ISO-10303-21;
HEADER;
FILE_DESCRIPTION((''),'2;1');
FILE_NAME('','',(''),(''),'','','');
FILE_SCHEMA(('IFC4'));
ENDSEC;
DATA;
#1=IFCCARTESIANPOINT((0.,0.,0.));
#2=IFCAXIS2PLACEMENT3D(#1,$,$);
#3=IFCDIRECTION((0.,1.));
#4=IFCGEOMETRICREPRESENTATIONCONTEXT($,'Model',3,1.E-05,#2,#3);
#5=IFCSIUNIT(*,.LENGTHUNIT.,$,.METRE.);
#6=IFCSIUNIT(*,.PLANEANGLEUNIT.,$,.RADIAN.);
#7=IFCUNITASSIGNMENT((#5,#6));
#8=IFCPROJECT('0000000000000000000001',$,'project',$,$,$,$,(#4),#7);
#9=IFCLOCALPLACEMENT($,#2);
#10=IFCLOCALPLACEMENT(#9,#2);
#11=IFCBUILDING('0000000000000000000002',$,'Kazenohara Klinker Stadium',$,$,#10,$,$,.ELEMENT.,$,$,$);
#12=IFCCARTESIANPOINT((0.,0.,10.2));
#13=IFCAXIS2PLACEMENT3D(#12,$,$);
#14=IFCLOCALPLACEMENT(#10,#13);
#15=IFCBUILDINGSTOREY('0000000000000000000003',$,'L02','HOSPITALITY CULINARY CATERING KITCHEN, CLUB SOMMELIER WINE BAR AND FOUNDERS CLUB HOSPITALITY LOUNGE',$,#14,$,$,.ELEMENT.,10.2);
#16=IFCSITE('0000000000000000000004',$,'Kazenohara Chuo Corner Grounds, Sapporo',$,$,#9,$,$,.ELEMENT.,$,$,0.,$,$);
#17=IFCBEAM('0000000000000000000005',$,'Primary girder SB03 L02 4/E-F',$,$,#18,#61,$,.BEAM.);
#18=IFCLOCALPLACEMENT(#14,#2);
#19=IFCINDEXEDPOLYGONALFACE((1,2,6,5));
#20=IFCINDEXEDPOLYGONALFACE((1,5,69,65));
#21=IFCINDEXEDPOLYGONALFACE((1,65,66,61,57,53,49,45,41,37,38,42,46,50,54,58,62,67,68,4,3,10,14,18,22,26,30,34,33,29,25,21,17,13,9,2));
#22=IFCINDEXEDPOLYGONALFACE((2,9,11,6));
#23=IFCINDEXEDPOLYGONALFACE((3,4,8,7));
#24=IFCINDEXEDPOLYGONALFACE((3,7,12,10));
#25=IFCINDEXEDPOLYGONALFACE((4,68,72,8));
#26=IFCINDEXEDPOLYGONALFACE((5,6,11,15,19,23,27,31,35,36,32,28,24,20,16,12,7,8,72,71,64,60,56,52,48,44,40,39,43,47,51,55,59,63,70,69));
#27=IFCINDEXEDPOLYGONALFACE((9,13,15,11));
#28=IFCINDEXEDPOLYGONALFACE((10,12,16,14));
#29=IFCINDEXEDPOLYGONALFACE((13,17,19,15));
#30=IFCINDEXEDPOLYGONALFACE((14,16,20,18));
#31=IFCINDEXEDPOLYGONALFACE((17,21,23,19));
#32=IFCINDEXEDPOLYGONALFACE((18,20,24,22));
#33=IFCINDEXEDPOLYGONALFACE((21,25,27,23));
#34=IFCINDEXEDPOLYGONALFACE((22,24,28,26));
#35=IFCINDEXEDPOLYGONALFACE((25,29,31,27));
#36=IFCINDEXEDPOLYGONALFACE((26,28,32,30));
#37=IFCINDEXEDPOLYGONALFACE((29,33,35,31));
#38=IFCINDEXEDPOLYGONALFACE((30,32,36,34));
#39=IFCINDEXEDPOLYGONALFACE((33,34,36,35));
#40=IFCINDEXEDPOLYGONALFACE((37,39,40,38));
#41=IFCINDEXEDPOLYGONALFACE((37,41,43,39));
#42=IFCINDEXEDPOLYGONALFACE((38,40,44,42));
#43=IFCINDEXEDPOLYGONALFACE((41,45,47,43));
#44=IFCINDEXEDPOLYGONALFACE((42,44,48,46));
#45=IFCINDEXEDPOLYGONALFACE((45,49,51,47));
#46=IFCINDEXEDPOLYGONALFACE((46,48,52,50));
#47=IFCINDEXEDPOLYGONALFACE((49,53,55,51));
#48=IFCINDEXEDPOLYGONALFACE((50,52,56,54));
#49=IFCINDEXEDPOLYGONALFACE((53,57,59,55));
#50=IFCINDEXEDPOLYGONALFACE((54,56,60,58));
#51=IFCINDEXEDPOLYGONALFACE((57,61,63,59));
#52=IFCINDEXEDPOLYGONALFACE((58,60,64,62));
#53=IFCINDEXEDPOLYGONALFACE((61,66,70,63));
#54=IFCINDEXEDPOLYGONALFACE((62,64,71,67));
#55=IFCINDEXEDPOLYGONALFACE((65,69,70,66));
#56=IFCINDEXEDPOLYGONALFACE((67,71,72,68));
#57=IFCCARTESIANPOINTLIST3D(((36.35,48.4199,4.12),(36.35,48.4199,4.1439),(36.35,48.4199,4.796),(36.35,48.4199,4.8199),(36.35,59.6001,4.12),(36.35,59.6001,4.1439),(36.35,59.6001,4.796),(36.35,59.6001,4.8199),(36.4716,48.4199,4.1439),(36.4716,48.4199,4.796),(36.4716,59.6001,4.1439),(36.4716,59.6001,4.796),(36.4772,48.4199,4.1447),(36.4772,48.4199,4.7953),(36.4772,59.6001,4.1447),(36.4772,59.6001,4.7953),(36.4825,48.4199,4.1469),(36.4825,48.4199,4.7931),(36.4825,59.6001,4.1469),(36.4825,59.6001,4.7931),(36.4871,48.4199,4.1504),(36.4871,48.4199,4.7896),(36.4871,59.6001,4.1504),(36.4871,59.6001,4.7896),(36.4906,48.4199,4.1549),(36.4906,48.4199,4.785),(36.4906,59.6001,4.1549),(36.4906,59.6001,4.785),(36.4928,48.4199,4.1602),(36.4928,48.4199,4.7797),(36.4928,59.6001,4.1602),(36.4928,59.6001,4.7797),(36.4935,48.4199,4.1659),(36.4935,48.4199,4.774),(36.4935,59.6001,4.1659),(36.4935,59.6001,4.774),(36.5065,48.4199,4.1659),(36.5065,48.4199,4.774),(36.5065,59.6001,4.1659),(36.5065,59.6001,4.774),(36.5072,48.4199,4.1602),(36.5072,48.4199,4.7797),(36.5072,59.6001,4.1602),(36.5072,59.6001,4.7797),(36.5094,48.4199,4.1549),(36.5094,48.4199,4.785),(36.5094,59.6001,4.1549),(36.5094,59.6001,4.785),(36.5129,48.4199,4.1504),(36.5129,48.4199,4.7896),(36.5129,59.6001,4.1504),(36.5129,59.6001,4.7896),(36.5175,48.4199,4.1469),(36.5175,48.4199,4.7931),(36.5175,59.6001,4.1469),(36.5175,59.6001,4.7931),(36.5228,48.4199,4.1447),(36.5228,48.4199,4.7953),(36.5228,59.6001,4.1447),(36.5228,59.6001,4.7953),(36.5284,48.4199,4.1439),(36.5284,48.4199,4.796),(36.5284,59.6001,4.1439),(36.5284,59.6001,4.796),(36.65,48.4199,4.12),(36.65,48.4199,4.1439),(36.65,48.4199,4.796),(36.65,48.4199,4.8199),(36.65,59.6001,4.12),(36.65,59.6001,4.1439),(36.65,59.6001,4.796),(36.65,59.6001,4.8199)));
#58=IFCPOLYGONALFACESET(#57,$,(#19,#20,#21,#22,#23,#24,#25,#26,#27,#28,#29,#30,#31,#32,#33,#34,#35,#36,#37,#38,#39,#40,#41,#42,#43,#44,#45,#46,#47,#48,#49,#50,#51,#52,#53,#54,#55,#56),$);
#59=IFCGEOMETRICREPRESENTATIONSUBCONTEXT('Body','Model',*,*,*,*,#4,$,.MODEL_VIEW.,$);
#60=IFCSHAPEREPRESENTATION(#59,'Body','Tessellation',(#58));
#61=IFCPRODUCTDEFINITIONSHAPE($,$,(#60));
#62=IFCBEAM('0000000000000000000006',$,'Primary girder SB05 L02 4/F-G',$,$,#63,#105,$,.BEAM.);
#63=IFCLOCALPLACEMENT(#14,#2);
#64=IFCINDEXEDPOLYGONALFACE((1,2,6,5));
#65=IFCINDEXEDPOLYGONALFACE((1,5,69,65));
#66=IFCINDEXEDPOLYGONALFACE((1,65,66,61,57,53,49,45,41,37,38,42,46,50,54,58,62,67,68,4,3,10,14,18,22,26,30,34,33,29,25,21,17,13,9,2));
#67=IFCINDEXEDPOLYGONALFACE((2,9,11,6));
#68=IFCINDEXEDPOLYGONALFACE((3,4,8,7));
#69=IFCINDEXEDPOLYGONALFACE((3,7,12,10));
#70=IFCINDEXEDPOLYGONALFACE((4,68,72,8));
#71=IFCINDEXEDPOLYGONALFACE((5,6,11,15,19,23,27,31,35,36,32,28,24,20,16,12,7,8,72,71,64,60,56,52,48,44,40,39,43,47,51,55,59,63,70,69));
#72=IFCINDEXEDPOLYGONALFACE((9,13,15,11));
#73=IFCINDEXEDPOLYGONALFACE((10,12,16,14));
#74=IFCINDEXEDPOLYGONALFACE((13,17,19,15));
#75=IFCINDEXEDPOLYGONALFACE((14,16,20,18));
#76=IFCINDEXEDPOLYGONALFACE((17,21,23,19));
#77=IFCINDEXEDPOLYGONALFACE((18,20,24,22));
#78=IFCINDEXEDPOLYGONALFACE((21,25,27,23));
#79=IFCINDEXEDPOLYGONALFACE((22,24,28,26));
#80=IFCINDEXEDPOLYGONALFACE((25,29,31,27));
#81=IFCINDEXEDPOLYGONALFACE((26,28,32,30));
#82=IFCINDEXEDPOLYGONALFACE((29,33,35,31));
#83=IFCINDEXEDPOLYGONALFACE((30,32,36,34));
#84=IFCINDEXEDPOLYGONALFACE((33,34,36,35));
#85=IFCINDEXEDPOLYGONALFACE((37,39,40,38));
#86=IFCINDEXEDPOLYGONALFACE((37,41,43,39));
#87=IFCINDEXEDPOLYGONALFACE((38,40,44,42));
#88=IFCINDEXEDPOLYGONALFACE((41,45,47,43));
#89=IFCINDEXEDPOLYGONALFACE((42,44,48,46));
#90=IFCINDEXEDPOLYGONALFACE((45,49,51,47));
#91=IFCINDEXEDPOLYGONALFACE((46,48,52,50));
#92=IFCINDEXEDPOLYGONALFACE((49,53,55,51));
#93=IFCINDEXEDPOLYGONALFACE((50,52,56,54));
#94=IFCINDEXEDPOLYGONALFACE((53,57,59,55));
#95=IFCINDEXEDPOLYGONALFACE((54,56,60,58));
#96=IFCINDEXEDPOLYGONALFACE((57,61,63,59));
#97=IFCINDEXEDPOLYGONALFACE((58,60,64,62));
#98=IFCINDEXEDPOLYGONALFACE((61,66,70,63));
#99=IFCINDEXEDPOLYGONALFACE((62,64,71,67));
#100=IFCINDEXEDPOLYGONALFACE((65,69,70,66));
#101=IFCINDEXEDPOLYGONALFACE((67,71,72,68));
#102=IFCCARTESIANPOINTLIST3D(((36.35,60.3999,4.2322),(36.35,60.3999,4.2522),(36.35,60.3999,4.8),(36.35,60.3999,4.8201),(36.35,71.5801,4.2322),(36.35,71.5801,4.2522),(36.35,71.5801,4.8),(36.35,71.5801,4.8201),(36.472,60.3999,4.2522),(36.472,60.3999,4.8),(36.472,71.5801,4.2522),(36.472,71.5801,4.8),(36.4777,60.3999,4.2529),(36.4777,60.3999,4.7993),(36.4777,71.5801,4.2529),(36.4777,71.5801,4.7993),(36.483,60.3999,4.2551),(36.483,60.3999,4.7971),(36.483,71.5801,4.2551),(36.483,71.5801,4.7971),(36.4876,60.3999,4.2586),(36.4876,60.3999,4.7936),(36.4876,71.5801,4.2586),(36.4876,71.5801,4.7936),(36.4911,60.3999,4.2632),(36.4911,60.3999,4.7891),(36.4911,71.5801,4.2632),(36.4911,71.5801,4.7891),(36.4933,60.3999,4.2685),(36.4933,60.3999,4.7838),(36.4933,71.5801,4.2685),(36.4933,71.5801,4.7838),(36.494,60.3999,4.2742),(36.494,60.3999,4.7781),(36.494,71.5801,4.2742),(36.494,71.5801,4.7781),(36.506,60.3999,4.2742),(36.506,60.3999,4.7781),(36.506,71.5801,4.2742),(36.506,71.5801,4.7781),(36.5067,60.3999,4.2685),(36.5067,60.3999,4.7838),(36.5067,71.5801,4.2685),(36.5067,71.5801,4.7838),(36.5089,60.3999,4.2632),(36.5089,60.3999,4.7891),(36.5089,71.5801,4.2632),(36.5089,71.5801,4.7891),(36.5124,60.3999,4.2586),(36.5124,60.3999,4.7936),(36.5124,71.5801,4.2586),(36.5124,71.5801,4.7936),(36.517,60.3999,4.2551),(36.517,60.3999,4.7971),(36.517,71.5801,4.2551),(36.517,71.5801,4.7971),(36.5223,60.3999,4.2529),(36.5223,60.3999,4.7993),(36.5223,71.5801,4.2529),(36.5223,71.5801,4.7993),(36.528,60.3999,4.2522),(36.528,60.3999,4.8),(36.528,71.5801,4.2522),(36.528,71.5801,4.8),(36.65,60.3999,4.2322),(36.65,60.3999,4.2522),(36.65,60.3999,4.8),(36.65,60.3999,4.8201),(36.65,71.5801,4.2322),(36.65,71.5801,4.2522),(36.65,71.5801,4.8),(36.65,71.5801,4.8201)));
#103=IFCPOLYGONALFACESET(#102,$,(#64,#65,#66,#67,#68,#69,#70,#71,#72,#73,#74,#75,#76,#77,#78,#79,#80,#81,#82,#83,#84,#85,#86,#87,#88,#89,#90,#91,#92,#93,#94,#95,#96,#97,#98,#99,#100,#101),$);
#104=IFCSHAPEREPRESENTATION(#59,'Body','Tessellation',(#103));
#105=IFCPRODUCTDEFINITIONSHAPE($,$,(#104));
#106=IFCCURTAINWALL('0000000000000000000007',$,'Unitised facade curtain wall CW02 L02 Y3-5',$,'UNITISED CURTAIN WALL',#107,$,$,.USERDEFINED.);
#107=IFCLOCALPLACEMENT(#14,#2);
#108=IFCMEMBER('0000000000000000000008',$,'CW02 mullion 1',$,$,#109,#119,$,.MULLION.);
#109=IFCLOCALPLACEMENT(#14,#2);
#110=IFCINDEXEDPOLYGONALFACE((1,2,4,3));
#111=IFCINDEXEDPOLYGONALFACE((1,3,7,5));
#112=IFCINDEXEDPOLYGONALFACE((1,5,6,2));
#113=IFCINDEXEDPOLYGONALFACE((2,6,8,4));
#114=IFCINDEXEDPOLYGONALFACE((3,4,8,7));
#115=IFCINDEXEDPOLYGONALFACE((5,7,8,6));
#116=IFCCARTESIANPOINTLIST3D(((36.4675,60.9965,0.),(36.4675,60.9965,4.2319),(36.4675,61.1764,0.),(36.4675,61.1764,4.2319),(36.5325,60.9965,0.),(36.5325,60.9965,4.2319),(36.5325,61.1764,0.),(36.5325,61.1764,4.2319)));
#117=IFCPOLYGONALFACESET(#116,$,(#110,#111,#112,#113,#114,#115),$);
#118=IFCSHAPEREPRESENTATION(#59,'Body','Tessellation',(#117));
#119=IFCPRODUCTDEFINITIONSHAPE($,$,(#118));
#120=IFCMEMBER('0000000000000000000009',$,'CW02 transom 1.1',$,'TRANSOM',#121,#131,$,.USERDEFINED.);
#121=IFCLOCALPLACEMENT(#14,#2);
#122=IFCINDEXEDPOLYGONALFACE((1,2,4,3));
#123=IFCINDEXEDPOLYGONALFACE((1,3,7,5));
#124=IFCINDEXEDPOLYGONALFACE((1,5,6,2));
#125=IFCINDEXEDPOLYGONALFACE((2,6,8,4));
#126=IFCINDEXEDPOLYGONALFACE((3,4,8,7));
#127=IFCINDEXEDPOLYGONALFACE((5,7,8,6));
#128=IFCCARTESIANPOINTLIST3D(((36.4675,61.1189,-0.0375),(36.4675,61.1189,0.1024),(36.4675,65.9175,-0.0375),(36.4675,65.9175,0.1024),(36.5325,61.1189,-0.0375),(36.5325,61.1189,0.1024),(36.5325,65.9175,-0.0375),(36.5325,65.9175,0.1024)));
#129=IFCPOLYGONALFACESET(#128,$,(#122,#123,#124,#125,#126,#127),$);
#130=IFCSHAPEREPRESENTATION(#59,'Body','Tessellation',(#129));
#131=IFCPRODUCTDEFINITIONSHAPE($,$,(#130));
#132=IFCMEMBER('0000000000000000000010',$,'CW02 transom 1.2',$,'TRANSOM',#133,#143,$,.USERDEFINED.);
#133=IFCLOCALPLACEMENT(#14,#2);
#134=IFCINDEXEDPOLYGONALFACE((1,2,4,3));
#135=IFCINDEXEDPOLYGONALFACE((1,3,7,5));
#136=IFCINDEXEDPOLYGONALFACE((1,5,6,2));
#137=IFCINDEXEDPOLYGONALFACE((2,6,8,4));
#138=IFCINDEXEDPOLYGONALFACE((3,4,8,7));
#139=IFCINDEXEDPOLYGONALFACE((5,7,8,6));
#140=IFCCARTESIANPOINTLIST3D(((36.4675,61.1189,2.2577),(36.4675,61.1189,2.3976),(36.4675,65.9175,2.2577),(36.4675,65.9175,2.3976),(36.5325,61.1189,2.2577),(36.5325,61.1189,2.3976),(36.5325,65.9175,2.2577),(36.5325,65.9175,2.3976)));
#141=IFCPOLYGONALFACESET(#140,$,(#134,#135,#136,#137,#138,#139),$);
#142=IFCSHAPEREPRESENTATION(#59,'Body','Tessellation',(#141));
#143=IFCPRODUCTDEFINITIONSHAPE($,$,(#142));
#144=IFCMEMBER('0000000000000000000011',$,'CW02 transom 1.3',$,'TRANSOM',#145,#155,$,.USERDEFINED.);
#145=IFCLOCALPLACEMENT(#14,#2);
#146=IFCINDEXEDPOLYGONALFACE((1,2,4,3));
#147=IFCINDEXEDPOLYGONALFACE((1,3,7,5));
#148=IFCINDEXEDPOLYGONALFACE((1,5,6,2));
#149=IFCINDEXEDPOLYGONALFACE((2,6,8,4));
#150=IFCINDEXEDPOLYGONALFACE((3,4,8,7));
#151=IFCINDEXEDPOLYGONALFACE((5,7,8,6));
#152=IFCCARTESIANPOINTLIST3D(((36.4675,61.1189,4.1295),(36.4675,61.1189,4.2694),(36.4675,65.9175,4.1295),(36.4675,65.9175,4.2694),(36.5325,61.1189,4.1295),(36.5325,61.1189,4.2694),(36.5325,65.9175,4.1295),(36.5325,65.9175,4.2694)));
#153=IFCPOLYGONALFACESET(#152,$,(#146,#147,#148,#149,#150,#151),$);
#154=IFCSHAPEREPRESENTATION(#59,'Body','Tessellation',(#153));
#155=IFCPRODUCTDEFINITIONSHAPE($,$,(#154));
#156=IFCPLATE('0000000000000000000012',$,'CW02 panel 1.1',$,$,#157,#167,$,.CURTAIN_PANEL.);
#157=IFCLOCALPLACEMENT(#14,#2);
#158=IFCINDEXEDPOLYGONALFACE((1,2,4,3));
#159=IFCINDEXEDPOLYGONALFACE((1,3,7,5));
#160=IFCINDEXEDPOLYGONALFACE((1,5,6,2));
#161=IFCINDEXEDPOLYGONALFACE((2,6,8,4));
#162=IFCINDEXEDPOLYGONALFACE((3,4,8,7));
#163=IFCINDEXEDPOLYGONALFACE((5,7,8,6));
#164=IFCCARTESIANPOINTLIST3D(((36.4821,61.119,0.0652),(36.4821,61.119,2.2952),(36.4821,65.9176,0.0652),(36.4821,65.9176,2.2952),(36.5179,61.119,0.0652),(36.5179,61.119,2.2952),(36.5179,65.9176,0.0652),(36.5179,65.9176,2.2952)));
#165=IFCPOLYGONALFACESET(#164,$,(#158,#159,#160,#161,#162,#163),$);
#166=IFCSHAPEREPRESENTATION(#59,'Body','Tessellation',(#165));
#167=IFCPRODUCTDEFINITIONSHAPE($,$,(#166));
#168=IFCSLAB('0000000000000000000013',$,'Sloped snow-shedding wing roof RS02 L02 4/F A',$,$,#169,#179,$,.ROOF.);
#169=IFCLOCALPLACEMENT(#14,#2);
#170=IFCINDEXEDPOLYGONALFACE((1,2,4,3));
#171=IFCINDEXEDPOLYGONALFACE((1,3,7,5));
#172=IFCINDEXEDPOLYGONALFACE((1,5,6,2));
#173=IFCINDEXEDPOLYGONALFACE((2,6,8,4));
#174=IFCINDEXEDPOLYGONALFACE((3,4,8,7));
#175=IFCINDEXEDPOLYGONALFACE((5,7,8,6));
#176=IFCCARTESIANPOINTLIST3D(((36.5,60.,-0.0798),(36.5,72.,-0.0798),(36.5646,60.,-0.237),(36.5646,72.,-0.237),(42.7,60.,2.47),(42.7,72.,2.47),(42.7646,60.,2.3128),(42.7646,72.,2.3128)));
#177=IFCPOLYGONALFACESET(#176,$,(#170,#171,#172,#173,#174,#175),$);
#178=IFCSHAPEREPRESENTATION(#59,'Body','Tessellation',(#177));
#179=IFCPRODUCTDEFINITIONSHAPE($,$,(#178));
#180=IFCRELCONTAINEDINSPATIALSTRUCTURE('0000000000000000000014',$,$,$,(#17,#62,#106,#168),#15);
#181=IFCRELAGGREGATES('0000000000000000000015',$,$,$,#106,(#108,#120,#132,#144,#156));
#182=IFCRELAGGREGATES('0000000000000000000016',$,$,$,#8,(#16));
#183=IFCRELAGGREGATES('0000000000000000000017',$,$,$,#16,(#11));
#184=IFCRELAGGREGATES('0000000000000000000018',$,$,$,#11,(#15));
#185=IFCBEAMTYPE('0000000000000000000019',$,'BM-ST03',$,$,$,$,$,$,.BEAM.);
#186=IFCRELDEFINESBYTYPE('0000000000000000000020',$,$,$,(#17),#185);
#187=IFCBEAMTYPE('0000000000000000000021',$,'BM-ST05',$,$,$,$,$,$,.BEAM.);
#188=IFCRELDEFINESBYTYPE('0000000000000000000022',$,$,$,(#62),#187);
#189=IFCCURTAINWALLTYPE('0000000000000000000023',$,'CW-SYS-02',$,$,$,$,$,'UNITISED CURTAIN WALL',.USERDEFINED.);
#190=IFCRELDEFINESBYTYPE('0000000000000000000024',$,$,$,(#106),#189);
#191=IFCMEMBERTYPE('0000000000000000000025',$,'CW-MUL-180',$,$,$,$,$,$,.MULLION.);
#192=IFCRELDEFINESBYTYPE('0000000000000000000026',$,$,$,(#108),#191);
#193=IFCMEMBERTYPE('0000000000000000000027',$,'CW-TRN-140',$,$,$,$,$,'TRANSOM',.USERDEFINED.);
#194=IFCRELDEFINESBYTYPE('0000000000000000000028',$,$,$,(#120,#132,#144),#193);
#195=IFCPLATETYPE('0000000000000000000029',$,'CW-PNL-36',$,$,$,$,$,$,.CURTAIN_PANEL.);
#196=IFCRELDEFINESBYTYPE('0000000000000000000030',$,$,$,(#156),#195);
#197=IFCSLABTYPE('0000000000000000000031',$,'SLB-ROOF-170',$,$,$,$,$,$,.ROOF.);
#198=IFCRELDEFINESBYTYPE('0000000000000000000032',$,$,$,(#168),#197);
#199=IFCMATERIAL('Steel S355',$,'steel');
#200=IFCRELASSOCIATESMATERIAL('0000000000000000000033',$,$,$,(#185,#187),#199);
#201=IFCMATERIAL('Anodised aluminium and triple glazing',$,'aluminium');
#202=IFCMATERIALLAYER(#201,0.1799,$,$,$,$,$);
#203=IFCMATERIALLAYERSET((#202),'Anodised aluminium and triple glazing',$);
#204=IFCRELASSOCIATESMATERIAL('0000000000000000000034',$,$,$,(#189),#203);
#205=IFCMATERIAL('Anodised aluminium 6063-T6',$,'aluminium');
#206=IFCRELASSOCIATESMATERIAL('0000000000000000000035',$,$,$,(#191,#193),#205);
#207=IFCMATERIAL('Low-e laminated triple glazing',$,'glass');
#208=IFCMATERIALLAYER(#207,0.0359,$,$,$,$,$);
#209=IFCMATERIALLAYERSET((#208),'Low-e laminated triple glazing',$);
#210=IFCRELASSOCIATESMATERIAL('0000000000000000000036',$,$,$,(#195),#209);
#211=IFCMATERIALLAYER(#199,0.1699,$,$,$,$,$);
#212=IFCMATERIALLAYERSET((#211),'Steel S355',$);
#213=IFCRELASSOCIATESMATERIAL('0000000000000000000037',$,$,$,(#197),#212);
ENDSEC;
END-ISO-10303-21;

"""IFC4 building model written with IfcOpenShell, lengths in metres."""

from ifc_helpers import new_model, si_unit, direction, frame, origin, origin_2d, place, context, subcontext, project, spatial, polyline, rectangle, i_section, outline, extrude, material, layer, layer_set, material_profile, profile_set, type_object, element, aggregate, save


model = new_model("IFC4")

# Units and contexts
model_context = context("Model", 3, precision=1e-05, world=origin(), true_north=direction((0.0, 1.0)))
body_context = subcontext(model_context, "Body", "Model", "MODEL_VIEW")
ifc_project = project(units=[si_unit("LENGTHUNIT", "METRE"), si_unit("PLANEANGLEUNIT", "RADIAN")], contexts=[model_context])

# Site, building, storey
site_placement = place(None, origin())
site = spatial("IfcSite", under=ifc_project, at=site_placement, Name="Kazenohara Chuo Corner Grounds, Sapporo", CompositionType="ELEMENT", RefElevation=0.0)
building_placement = place(site_placement, origin())
building = spatial("IfcBuilding", under=site, at=building_placement, Name="Kazenohara Klinker Stadium", CompositionType="ELEMENT")
storey_placement = place(building_placement, frame((0.0, 0.0, 10.2)))
storey = spatial("IfcBuildingStorey", under=building, at=storey_placement, Name="L02", Description="HOSPITALITY CULINARY CATERING KITCHEN, CLUB SOMMELIER WINE BAR AND FOUNDERS CLUB HOSPITALITY LOUNGE", CompositionType="ELEMENT", Elevation=10.2)

# Beams
ifc_material_1 = material(Name="Steel S355", Category="steel")
ifc_material_profile_1 = material_profile(ifc_material_1, i_section(OverallWidth=0.3, OverallDepth=0.7, WebThickness=0.0129, FlangeThickness=0.0239, FilletRadius=0.022, at=origin_2d()), Name="H-700x300x13x24")
ifc_profile_set_1 = profile_set([ifc_material_profile_1], Name="Steel S355")
beam_type_1 = type_object("IfcBeamType", Name="BM-ST03", PredefinedType="BEAM", material=ifc_profile_set_1)
beam_1_placement = place(storey_placement, frame((36.5, 48.4199, 4.47), z_axis=(0.0, 1.0, 0.0), x_axis=(-1.0, 0.0, 0.0)))
element("IfcBeam", 1, at=beam_1_placement, inside=storey, type_object=beam_type_1, Name="Primary girder SB03 L02 4/E-F", PredefinedType="BEAM", context=body_context, shape_type="SweptSolid", body=[
    extrude(i_section(OverallWidth=0.3, OverallDepth=0.7, WebThickness=0.0129, FlangeThickness=0.0239, FilletRadius=0.022, at=origin_2d()), origin(), (0.0, 0.0, 1.0), 11.1802),
])
ifc_material_profile_2 = material_profile(ifc_material_1, i_section(OverallWidth=0.3, OverallDepth=0.5879, WebThickness=0.012, FlangeThickness=0.02, FilletRadius=0.022, at=origin_2d()), Name="H-588x300x12x20")
ifc_profile_set_2 = profile_set([ifc_material_profile_2], Name="Steel S355")
beam_type_2 = type_object("IfcBeamType", Name="BM-ST05", PredefinedType="BEAM", material=ifc_profile_set_2)
beam_2_placement = place(storey_placement, frame((36.5, 60.3999, 4.5261), z_axis=(0.0, 1.0, 0.0), x_axis=(-1.0, 0.0, 0.0)))
element("IfcBeam", 2, at=beam_2_placement, inside=storey, type_object=beam_type_2, Name="Primary girder SB05 L02 4/F-G", PredefinedType="BEAM", context=body_context, shape_type="SweptSolid", body=[
    extrude(i_section(OverallWidth=0.3, OverallDepth=0.5879, WebThickness=0.012, FlangeThickness=0.02, FilletRadius=0.022, at=origin_2d()), origin(), (0.0, 0.0, 1.0), 11.1802),
])

# Curtain wall, members, plate
ifc_material_2 = material(Name="Anodised aluminium and triple glazing", Category="aluminium")
ifc_layer_1 = layer(ifc_material_2, 0.1799)
ifc_layer_set_1 = layer_set([ifc_layer_1], Name="Anodised aluminium and triple glazing")
curtain_wall_type = type_object("IfcCurtainWallType", Name="CW-SYS-02", ElementType="UNITISED CURTAIN WALL", PredefinedType="USERDEFINED", material=ifc_layer_set_1)
curtain_wall_placement = place(storey_placement, origin())
curtain_wall = element("IfcCurtainWall", 3, at=curtain_wall_placement, inside=storey, type_object=curtain_wall_type, Name="Unitised facade curtain wall CW02 L02 Y3-5", ObjectType="UNITISED CURTAIN WALL", PredefinedType="USERDEFINED")
ifc_material_3 = material(Name="Anodised aluminium 6063-T6", Category="aluminium")
ifc_material_profile_3 = material_profile(ifc_material_3, rectangle(XDim=0.0649, YDim=0.1799, at=origin_2d()), Name="ALU-MUL-65x180")
ifc_profile_set_3 = profile_set([ifc_material_profile_3], Name="Anodised aluminium 6063-T6")
member_type_1 = type_object("IfcMemberType", Name="CW-MUL-180", PredefinedType="MULLION", material=ifc_profile_set_3)
member_1_placement = place(storey_placement, frame((36.5, 61.0864, 0.0), z_axis=(0.0, 0.0, 1.0), x_axis=(-1.0, 0.0, 0.0)))
member_1 = element("IfcMember", 4, at=member_1_placement, type_object=member_type_1, Name="CW02 mullion 1", PredefinedType="MULLION", context=body_context, shape_type="SweptSolid", body=[
    extrude(rectangle(XDim=0.0649, YDim=0.1799, at=origin_2d()), origin(), (0.0, 0.0, 1.0), 4.2319),
])
ifc_material_profile_4 = material_profile(ifc_material_3, rectangle(XDim=0.0649, YDim=0.1399, at=origin_2d()), Name="ALU-TRN-65x140")
ifc_profile_set_4 = profile_set([ifc_material_profile_4], Name="Anodised aluminium 6063-T6")
member_type_2 = type_object("IfcMemberType", Name="CW-TRN-140", ElementType="TRANSOM", PredefinedType="USERDEFINED", material=ifc_profile_set_4)
member_2_placement = place(storey_placement, frame((36.5, 61.1189, 0.0325), z_axis=(0.0, 1.0, 0.0), x_axis=(-1.0, 0.0, 0.0)))
member_2 = element("IfcMember", 5, at=member_2_placement, type_object=member_type_2, Name="CW02 transom 1.1", ObjectType="TRANSOM", PredefinedType="USERDEFINED", context=body_context, shape_type="SweptSolid", body=[
    extrude(rectangle(XDim=0.0649, YDim=0.1399, at=origin_2d()), origin(), (0.0, 0.0, 1.0), 4.7986),
])
member_3_placement = place(storey_placement, frame((36.5, 61.1189, 2.3276), z_axis=(0.0, 1.0, 0.0), x_axis=(-1.0, 0.0, 0.0)))
member_3 = element("IfcMember", 6, at=member_3_placement, type_object=member_type_2, Name="CW02 transom 1.2", ObjectType="TRANSOM", PredefinedType="USERDEFINED", context=body_context, shape_type="SweptSolid", body=[
    extrude(rectangle(XDim=0.0649, YDim=0.1399, at=origin_2d()), origin(), (0.0, 0.0, 1.0), 4.7986),
])
member_4_placement = place(storey_placement, frame((36.5, 61.1189, 4.1995), z_axis=(0.0, 1.0, 0.0), x_axis=(-1.0, 0.0, 0.0)))
member_4 = element("IfcMember", 7, at=member_4_placement, type_object=member_type_2, Name="CW02 transom 1.3", ObjectType="TRANSOM", PredefinedType="USERDEFINED", context=body_context, shape_type="SweptSolid", body=[
    extrude(rectangle(XDim=0.0649, YDim=0.1399, at=origin_2d()), origin(), (0.0, 0.0, 1.0), 4.7986),
])
ifc_material_4 = material(Name="Low-e laminated triple glazing", Category="glass")
ifc_layer_2 = layer(ifc_material_4, 0.0359)
ifc_layer_set_2 = layer_set([ifc_layer_2], Name="Low-e laminated triple glazing")
plate_type = type_object("IfcPlateType", Name="CW-PNL-36", PredefinedType="CURTAIN_PANEL", material=ifc_layer_set_2)
plate_placement = place(storey_placement, frame((36.5, 63.5183, 0.0652), z_axis=(0.0, 0.0, 1.0), x_axis=(0.0, 1.0, 0.0)))
plate = element("IfcPlate", 8, at=plate_placement, type_object=plate_type, Name="CW02 panel 1.1", PredefinedType="CURTAIN_PANEL", context=body_context, shape_type="SweptSolid", body=[
    extrude(rectangle(XDim=4.7986, YDim=0.0359, at=origin_2d()), origin(), (0.0, 0.0, 1.0), 2.23),
])
aggregate(curtain_wall, [member_1, member_2, member_3, member_4, plate])

# Slab
ifc_layer_3 = layer(ifc_material_1, 0.1699)
ifc_layer_set_3 = layer_set([ifc_layer_3], Name="Steel S355")
slab_type = type_object("IfcSlabType", Name="SLB-ROOF-170", PredefinedType="ROOF", material=ifc_layer_set_3)
slab_placement = place(storey_placement, frame((36.5, 60.0, -0.0798), z_axis=(-0.380352, 0.0, 0.924842), x_axis=(0.924842, 0.0, 0.380352)))
element("IfcSlab", 9, at=slab_placement, inside=storey, type_object=slab_type, Name="Sloped snow-shedding wing roof RS02 L02 4/F A", PredefinedType="ROOF", context=body_context, shape_type="SweptSolid", body=[
    extrude(outline(polyline([(0.0, 0.0), (6.7038, 0.0), (6.7038, 12.0), (0.0, 12.0), (0.0, 0.0)])), origin(), (0.0, 0.0, -1.0), 0.1699),
])

save(model, "model.ifc")
